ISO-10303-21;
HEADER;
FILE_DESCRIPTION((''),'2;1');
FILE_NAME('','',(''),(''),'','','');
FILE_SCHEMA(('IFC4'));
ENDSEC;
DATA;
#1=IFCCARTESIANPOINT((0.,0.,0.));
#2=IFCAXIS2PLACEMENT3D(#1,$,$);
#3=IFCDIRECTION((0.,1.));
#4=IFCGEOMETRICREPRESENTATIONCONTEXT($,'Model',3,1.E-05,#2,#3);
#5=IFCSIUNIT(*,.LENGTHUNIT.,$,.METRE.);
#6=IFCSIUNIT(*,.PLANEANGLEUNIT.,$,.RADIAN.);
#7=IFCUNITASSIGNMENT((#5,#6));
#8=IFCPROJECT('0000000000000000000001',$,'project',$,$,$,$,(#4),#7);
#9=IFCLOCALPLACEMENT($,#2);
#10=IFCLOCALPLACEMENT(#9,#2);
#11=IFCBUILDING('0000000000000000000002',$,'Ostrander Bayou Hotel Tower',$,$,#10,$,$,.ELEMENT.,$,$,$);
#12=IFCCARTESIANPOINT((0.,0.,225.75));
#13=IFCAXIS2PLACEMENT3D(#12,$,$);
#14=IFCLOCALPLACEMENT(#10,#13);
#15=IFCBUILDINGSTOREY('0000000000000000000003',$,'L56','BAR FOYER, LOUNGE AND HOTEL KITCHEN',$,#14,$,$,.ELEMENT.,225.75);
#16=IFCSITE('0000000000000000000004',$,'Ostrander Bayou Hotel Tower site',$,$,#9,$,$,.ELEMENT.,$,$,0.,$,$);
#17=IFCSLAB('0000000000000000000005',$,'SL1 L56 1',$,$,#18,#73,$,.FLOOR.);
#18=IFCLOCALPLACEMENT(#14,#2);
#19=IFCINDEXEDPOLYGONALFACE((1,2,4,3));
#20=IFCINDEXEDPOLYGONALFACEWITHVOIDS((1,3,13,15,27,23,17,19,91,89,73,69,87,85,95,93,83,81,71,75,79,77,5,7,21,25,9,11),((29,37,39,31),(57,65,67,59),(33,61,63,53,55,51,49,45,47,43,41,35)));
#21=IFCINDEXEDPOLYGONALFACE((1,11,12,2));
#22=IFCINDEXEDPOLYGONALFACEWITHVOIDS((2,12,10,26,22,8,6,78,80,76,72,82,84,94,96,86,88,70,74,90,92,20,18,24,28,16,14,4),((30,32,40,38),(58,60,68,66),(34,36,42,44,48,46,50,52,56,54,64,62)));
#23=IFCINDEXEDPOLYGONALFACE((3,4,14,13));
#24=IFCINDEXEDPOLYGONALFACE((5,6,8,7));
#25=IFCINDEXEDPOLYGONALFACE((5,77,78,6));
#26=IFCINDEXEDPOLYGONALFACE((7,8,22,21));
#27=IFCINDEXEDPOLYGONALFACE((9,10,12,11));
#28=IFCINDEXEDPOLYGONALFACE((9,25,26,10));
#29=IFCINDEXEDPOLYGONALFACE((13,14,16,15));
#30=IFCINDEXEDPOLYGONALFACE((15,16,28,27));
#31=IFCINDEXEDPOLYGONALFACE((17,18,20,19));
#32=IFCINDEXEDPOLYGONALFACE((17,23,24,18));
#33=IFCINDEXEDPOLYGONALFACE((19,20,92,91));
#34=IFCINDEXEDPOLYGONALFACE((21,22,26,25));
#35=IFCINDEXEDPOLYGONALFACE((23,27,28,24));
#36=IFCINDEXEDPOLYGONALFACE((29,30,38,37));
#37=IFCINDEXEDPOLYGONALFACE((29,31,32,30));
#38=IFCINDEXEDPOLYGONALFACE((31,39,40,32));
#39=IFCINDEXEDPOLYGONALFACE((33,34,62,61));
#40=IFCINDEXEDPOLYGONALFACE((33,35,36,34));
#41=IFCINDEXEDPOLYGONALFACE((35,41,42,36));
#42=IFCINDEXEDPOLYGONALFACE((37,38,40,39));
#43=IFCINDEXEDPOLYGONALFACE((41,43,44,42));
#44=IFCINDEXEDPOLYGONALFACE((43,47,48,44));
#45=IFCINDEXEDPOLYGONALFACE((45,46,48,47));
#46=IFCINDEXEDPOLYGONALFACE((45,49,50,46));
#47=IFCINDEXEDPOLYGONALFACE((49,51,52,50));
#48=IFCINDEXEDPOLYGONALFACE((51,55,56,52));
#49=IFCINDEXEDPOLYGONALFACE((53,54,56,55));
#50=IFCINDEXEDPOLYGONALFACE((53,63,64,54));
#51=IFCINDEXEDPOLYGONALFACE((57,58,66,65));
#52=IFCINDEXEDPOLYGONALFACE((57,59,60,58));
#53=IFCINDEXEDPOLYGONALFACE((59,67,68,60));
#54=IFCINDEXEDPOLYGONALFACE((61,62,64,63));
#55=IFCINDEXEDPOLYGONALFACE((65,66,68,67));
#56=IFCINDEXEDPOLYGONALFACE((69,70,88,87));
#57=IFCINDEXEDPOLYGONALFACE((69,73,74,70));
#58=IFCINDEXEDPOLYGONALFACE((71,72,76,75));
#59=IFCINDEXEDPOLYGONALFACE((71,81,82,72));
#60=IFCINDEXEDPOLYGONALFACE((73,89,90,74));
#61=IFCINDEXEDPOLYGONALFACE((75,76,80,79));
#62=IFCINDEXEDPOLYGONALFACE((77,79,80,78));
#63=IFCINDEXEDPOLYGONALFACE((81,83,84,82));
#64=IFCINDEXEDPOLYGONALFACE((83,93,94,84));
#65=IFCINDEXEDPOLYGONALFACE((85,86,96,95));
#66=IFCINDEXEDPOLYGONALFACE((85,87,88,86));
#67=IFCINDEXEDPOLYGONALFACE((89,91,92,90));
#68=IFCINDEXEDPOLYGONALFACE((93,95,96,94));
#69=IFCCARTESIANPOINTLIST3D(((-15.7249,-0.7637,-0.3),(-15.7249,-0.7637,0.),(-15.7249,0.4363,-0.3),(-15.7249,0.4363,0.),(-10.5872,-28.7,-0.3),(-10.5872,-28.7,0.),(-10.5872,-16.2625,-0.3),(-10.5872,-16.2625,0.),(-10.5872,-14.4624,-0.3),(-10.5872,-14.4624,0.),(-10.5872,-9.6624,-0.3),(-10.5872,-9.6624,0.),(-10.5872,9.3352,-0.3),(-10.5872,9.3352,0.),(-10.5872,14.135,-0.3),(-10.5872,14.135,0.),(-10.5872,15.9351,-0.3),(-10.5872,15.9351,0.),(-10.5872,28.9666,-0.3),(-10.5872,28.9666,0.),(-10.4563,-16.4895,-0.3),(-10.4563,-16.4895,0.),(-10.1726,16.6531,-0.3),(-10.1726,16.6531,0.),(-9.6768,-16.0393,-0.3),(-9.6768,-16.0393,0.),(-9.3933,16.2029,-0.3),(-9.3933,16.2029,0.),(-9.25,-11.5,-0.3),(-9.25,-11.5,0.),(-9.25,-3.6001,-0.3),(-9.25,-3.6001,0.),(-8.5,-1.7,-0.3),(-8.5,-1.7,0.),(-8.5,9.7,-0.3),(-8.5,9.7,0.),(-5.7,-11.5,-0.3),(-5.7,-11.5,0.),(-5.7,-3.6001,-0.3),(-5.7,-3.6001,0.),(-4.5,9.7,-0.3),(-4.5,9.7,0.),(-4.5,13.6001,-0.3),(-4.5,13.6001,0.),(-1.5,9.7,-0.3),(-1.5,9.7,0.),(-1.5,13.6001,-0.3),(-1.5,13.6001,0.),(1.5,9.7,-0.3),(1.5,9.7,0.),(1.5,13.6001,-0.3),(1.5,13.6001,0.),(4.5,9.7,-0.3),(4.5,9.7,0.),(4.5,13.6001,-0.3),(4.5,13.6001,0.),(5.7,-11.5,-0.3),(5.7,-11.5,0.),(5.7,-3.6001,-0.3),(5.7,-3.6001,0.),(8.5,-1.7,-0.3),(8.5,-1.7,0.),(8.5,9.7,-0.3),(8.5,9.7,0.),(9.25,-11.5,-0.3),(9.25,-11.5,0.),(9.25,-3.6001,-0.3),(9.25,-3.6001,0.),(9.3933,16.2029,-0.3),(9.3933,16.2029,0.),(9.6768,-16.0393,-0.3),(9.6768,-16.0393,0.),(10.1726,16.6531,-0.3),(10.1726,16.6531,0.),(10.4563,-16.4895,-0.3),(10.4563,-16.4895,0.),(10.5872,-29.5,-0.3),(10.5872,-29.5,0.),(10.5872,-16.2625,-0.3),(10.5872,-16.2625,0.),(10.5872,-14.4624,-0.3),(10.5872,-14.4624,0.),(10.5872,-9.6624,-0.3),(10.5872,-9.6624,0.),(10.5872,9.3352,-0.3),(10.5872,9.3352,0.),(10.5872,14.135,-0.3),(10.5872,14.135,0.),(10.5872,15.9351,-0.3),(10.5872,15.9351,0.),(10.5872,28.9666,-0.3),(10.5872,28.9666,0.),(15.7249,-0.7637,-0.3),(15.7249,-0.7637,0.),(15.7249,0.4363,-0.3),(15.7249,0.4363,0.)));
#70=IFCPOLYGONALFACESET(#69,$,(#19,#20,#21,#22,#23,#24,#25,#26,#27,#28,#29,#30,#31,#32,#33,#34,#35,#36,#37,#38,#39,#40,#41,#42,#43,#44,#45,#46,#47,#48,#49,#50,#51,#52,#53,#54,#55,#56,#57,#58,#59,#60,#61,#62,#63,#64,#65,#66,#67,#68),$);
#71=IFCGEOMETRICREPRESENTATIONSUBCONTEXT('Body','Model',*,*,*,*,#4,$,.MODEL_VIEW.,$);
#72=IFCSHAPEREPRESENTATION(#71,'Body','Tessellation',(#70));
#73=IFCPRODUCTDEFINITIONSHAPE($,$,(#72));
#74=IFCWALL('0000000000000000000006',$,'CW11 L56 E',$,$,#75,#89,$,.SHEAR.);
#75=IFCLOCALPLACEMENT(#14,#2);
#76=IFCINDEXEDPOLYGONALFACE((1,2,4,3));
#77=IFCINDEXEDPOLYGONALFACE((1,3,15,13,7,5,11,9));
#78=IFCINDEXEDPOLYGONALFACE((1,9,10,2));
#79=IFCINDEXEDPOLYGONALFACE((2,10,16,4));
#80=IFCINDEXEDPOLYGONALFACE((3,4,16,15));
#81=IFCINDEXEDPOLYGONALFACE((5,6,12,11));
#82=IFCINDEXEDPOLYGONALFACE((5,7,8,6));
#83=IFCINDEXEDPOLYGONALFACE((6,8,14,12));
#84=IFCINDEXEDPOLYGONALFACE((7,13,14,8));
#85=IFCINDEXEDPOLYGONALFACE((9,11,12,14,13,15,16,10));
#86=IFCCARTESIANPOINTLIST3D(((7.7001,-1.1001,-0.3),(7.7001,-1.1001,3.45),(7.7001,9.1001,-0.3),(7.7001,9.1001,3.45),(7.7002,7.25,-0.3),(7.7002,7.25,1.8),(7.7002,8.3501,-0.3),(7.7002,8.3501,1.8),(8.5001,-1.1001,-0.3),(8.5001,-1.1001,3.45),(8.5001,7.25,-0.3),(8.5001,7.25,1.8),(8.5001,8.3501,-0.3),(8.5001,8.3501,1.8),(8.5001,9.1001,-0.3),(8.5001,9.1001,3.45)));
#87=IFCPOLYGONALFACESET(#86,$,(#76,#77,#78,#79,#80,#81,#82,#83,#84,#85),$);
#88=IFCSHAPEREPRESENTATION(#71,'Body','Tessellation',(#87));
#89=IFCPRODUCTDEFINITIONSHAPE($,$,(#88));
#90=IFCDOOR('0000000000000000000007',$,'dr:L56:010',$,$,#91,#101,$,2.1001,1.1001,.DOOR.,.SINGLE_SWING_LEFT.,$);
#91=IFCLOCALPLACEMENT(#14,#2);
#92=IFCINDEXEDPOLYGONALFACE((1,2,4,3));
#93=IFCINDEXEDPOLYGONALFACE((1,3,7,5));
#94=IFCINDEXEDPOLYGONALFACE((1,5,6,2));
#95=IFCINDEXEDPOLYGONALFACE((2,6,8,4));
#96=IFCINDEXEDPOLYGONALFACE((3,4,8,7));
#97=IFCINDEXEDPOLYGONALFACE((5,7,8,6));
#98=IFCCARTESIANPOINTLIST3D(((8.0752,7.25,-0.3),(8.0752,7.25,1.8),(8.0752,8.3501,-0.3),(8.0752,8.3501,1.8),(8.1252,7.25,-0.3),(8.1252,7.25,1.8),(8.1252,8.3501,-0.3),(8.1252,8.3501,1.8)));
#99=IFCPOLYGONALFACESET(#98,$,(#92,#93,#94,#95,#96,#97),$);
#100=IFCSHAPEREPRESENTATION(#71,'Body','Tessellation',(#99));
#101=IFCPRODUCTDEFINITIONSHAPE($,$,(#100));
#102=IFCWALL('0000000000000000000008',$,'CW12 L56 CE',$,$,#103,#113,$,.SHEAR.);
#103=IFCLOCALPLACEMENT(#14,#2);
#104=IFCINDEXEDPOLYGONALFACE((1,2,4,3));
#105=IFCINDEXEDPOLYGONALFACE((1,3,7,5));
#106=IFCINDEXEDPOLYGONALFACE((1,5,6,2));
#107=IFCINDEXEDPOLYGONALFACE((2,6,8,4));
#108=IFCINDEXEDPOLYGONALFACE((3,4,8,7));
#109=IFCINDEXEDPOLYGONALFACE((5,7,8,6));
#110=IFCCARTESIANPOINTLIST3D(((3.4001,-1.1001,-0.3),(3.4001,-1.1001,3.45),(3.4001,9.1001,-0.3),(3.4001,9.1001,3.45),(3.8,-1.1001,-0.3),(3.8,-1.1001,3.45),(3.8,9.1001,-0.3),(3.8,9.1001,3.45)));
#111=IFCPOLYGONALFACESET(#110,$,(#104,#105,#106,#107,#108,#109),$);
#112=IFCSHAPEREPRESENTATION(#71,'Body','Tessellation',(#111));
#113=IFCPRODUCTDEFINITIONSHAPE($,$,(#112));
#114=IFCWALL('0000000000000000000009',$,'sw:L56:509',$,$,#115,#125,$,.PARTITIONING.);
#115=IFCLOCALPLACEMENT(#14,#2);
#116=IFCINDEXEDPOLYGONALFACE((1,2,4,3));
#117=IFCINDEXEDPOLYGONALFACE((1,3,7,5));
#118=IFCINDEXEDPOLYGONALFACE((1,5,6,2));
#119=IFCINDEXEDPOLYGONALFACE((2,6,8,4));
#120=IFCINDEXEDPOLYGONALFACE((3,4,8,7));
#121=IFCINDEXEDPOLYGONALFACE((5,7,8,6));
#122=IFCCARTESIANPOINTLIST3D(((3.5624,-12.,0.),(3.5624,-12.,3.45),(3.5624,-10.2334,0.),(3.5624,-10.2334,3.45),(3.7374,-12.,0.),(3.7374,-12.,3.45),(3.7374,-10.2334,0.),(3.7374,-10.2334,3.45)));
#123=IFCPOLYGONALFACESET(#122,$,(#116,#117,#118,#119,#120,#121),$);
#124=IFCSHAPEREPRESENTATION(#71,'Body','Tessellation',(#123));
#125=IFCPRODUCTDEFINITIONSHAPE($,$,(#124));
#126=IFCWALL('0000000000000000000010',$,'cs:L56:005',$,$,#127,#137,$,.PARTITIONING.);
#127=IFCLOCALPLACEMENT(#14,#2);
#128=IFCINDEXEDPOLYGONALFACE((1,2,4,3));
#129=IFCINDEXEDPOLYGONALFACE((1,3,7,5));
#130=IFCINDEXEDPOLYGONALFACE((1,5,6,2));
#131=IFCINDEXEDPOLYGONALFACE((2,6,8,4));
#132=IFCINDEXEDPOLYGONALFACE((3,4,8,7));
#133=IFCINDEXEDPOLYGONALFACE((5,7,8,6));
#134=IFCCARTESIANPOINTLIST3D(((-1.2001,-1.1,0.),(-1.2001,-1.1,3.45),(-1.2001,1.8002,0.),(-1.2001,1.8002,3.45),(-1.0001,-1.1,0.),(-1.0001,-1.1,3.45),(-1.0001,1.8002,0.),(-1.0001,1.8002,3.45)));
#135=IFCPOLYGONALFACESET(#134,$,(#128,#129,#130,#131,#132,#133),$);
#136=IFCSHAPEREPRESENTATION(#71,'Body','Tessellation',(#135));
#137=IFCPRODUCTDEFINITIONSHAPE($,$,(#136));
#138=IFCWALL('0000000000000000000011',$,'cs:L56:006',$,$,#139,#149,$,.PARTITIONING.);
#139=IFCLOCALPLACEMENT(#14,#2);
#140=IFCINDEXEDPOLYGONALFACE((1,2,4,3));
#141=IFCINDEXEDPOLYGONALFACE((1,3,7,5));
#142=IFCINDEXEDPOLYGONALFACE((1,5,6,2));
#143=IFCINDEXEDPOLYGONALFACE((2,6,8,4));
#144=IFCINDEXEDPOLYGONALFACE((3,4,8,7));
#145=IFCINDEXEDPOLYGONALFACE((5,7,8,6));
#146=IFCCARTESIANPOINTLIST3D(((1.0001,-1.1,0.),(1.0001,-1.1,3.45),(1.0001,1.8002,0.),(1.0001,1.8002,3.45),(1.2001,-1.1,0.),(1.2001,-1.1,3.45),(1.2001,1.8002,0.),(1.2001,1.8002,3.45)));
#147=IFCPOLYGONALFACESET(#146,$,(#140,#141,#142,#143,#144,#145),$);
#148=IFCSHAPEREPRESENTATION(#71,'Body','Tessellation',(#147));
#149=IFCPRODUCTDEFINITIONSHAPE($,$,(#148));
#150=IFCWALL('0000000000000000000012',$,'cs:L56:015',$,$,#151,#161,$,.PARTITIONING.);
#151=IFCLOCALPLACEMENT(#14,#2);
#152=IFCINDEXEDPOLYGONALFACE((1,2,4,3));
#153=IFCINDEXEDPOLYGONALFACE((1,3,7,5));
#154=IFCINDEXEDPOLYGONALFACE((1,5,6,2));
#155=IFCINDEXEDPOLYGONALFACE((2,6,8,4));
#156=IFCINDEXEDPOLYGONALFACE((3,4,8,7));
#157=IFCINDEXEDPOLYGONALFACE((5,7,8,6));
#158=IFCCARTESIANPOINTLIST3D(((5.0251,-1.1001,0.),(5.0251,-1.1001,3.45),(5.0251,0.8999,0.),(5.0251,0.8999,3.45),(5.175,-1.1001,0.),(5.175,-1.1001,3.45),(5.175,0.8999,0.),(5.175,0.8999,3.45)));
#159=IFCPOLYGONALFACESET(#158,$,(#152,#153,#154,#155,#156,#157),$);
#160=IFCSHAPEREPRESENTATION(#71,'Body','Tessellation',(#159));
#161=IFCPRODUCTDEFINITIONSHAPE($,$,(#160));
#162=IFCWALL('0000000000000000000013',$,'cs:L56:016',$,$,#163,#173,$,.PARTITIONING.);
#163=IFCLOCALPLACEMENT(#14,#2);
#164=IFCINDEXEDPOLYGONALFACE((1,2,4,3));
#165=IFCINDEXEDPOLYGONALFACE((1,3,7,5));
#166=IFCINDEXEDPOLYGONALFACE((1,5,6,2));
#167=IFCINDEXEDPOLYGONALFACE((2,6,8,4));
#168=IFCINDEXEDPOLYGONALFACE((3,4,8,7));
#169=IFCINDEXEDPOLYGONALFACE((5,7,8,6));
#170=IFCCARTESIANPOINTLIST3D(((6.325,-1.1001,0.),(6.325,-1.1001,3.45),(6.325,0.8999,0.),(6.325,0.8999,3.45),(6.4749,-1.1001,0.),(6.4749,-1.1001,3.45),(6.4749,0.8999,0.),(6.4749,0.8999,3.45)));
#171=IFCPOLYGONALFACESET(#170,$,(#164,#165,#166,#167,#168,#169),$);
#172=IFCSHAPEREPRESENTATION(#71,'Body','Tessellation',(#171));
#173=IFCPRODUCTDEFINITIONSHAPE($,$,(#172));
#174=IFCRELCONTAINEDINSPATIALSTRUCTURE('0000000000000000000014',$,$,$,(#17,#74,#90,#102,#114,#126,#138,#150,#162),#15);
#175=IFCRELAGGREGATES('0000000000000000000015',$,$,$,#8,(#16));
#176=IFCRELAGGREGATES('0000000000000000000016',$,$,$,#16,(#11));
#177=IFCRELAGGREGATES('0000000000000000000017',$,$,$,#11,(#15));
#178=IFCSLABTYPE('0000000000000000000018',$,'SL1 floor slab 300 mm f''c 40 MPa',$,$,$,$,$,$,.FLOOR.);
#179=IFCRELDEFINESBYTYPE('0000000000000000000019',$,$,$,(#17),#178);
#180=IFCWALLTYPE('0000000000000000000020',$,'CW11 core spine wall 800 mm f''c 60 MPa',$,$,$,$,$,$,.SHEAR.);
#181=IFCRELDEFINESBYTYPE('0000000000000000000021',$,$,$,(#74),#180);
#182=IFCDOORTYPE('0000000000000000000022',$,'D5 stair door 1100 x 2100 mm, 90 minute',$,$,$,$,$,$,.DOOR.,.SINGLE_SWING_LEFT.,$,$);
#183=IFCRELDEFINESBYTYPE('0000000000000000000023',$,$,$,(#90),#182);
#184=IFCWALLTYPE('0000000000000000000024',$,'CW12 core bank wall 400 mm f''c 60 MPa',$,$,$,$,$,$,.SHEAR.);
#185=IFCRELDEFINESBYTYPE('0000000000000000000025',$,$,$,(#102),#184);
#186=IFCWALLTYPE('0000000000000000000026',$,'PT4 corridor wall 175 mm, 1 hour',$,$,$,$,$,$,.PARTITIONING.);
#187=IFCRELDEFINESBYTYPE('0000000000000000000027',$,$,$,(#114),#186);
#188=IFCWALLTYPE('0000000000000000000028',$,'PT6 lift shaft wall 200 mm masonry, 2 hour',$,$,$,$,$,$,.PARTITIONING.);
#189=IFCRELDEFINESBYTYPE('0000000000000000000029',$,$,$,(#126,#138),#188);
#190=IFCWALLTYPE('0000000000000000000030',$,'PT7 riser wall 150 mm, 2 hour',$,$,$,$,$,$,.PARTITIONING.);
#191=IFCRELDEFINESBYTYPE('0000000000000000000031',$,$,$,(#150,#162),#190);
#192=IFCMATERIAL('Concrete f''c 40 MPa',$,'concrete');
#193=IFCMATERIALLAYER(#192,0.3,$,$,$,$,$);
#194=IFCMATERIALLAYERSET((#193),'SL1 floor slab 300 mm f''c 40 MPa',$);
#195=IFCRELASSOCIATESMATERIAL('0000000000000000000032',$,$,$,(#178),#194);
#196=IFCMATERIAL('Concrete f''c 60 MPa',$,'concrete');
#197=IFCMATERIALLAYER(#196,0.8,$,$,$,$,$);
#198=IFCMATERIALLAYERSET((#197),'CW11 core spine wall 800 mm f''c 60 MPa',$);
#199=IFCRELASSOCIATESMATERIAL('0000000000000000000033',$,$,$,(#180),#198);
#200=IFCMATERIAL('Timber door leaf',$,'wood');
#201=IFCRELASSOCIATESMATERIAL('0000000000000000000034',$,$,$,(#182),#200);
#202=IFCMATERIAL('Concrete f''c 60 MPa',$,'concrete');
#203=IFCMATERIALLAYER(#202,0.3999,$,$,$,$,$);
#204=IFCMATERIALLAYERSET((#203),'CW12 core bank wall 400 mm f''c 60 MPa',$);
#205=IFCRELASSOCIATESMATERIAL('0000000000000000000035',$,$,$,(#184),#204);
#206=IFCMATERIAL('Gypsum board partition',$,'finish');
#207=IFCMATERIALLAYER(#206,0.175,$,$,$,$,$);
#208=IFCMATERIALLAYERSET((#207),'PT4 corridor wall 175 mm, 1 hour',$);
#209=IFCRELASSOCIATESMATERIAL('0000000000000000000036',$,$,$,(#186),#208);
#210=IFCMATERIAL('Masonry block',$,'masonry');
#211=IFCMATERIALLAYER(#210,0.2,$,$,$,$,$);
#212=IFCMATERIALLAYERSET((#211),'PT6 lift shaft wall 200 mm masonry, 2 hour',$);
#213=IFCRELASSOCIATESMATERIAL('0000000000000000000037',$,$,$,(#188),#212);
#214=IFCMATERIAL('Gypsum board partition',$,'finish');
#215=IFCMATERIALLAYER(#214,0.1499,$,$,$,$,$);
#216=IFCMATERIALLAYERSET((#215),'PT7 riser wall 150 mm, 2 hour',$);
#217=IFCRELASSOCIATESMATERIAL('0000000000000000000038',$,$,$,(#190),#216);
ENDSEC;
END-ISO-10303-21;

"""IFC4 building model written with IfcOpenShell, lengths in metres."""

from ifc_helpers import new_model, si_unit, direction, frame, frame_2d, origin, place, context, subcontext, project, spatial, polyline, rectangle, outline, extrude, material, layer, layer_set, type_object, element, fill, save


model = new_model("IFC4")

# Units and contexts
model_context = context("Model", 3, precision=1e-05, world=origin(), true_north=direction((0.0, 1.0)))
body_context = subcontext(model_context, "Body", "Model", "MODEL_VIEW")
ifc_project = project(units=[si_unit("LENGTHUNIT", "METRE"), si_unit("PLANEANGLEUNIT", "RADIAN")], contexts=[model_context])

# Site, building, storey
site_placement = place(None, origin())
site = spatial("IfcSite", under=ifc_project, at=site_placement, Name="Ostrander Bayou Hotel Tower site", CompositionType="ELEMENT", RefElevation=0.0)
building_placement = place(site_placement, origin())
building = spatial("IfcBuilding", under=site, at=building_placement, Name="Ostrander Bayou Hotel Tower", CompositionType="ELEMENT")
storey_placement = place(building_placement, frame((0.0, 0.0, 225.75)))
storey = spatial("IfcBuildingStorey", under=building, at=storey_placement, Name="L56", Description="BAR FOYER, LOUNGE AND HOTEL KITCHEN", CompositionType="ELEMENT", Elevation=225.75)

# Slab
ifc_material_1 = material(Name="Concrete f'c 40 MPa", Category="concrete")
ifc_layer_1 = layer(ifc_material_1, 0.3)
ifc_layer_set_1 = layer_set([ifc_layer_1], Name="SL1 floor slab 300 mm f'c 40 MPa")
slab_type = type_object("IfcSlabType", Name="SL1 floor slab 300 mm f'c 40 MPa", PredefinedType="FLOOR", material=ifc_layer_set_1)
slab_placement = place(storey_placement, frame((0.0, 0.0, -0.3)))
element("IfcSlab", 1, at=slab_placement, inside=storey, type_object=slab_type, Name="SL1 L56 1", PredefinedType="FLOOR", context=body_context, shape_type="SweptSolid", body=[
    extrude(outline(polyline([(-10.4563, -16.4895), (-9.6768, -16.0393), (-10.5872, -14.4624), (-10.5872, -9.6624), (-15.7249, -0.7637), (-15.7249, 0.4363), (-10.5872, 9.3352), (-10.5872, 14.135), (-9.3933, 16.2029), (-10.1726, 16.6531), (-10.5872, 15.9351), (-10.5872, 28.9666), (10.5872, 28.9666), (10.5872, 15.9351), (10.1726, 16.6531), (9.3933, 16.2029), (10.5872, 14.135), (10.5872, 9.3352), (15.7249, 0.4363), (15.7249, -0.7637), (10.5872, -9.6624), (10.5872, -14.4624), (9.6768, -16.0393), (10.4563, -16.4895), (10.5872, -16.2625), (10.5872, -29.5), (-10.5872, -28.7), (-10.5872, -16.2625), (-10.4563, -16.4895)]), holes=[polyline([(9.25, -3.6001), (5.7, -3.6001), (5.7, -11.5), (9.25, -11.5), (9.25, -3.6001)]), polyline([(-8.5, -1.7), (8.5, -1.7), (8.5, 9.7), (4.5, 9.7), (4.5, 13.6001), (1.5, 13.6001), (1.5, 9.7), (-1.5, 9.7), (-1.5, 13.6001), (-4.5, 13.6001), (-4.5, 9.7), (-8.5, 9.7), (-8.5, -1.7)]), polyline([(-5.7, -3.6001), (-9.25, -3.6001), (-9.25, -11.5), (-5.7, -11.5), (-5.7, -3.6001)])]), origin(), (0.0, 0.0, 1.0), 0.3),
])

# Wall, opening, door
ifc_material_2 = material(Name="Concrete f'c 60 MPa", Category="concrete")
ifc_layer_2 = layer(ifc_material_2, 0.8)
ifc_layer_set_2 = layer_set([ifc_layer_2], Name="CW11 core spine wall 800 mm f'c 60 MPa")
wall_type_1 = type_object("IfcWallType", Name="CW11 core spine wall 800 mm f'c 60 MPa", PredefinedType="SHEAR", material=ifc_layer_set_2)
wall_1_placement = place(storey_placement, frame((8.1001, -1.1001, -0.3), z_axis=(0.0, 0.0, 1.0), x_axis=(0.0, 1.0, 0.0)))
wall_1 = element("IfcWall", 2, at=wall_1_placement, inside=storey, type_object=wall_type_1, Name="CW11 L56 E", PredefinedType="SHEAR", context=body_context, shape_type="SweptSolid", body=[
    extrude(rectangle(XDim=10.2002, YDim=0.8, at=frame_2d((5.1001, 0.0))), origin(), (0.0, 0.0, 1.0), 3.75),
])
opening_1_placement = place(wall_1_placement, frame((8.3501, 0.0, 0.0)))
opening_1 = element("IfcOpeningElement", 3, at=opening_1_placement, cuts=wall_1, PredefinedType="OPENING", context=body_context, shape_type="SweptSolid", body=[
    extrude(rectangle(XDim=1.1001, YDim=2.1001, at=frame_2d((0.55, 1.05))), frame((0.0, 0.3999, 0.0), z_axis=(0.0, -1.0, 0.0), x_axis=(1.0, 0.0, 0.0)), (0.0, 0.0, 1.0), 0.8),
])
ifc_material_3 = material(Name="Timber door leaf", Category="wood")
door_type = type_object("IfcDoorType", Name="D5 stair door 1100 x 2100 mm, 90 minute", OperationType="SINGLE_SWING_LEFT", PredefinedType="DOOR", material=ifc_material_3)
door_1_placement = place(opening_1_placement, origin())
door_1 = element("IfcDoor", 4, at=door_1_placement, inside=storey, type_object=door_type, Name="dr:L56:010", OperationType="SINGLE_SWING_LEFT", OverallHeight=2.1001, OverallWidth=1.1001, PredefinedType="DOOR", context=body_context, shape_type="SweptSolid", body=[
    extrude(rectangle(XDim=1.1001, YDim=2.1001, at=frame_2d((0.55, 1.05))), frame((0.0, 0.0249, 0.0), z_axis=(0.0, -1.0, 0.0), x_axis=(1.0, 0.0, 0.0)), (0.0, 0.0, 1.0), 0.05),
])
fill(opening_1, door_1)

# Walls
ifc_material_4 = material(Name="Concrete f'c 60 MPa", Category="concrete")
ifc_layer_3 = layer(ifc_material_4, 0.3999)
ifc_layer_set_3 = layer_set([ifc_layer_3], Name="CW12 core bank wall 400 mm f'c 60 MPa")
wall_type_2 = type_object("IfcWallType", Name="CW12 core bank wall 400 mm f'c 60 MPa", PredefinedType="SHEAR", material=ifc_layer_set_3)
wall_2_placement = place(storey_placement, frame((3.6001, -1.1001, -0.3), z_axis=(0.0, 0.0, 1.0), x_axis=(0.0, 1.0, 0.0)))
element("IfcWall", 5, at=wall_2_placement, inside=storey, type_object=wall_type_2, Name="CW12 L56 CE", PredefinedType="SHEAR", context=body_context, shape_type="SweptSolid", body=[
    extrude(rectangle(XDim=10.2002, YDim=0.3999, at=frame_2d((5.1001, 0.0))), origin(), (0.0, 0.0, 1.0), 3.75),
])
ifc_material_5 = material(Name="Gypsum board partition", Category="finish")
ifc_layer_4 = layer(ifc_material_5, 0.175)
ifc_layer_set_4 = layer_set([ifc_layer_4], Name="PT4 corridor wall 175 mm, 1 hour")
wall_type_3 = type_object("IfcWallType", Name="PT4 corridor wall 175 mm, 1 hour", PredefinedType="PARTITIONING", material=ifc_layer_set_4)
wall_3_placement = place(storey_placement, frame((3.6499, -12.0, 0.0), z_axis=(0.0, 0.0, 1.0), x_axis=(0.0, 1.0, 0.0)))
element("IfcWall", 6, at=wall_3_placement, inside=storey, type_object=wall_type_3, Name="sw:L56:509", PredefinedType="PARTITIONING", context=body_context, shape_type="SweptSolid", body=[
    extrude(rectangle(XDim=1.7666, YDim=0.175, at=frame_2d((0.8833, 0.0))), origin(), (0.0, 0.0, 1.0), 3.45),
])
ifc_material_6 = material(Name="Masonry block", Category="masonry")
ifc_layer_5 = layer(ifc_material_6, 0.2)
ifc_layer_set_5 = layer_set([ifc_layer_5], Name="PT6 lift shaft wall 200 mm masonry, 2 hour")
wall_type_4 = type_object("IfcWallType", Name="PT6 lift shaft wall 200 mm masonry, 2 hour", PredefinedType="PARTITIONING", material=ifc_layer_set_5)
for number, where, z_axis, x_axis, name in (
    (7, (-1.1001, -1.1001, 0.0), (0.0, 0.0, 1.0), (0.0, 1.0, 0.0), "cs:L56:005"),
    (8, (1.1001, -1.1001, 0.0), (0.0, 0.0, 1.0), (0.0, 1.0, 0.0), "cs:L56:006"),
):
    element("IfcWall", number, at=place(storey_placement, frame(where, z_axis=z_axis, x_axis=x_axis)), inside=storey, type_object=wall_type_4, Name=name, PredefinedType="PARTITIONING", context=body_context, shape_type="SweptSolid", body=[
        extrude(rectangle(XDim=2.9001, YDim=0.2, at=frame_2d((1.4502, 0.0))), origin(), (0.0, 0.0, 1.0), 3.45),
    ])
ifc_material_7 = material(Name="Gypsum board partition", Category="finish")
ifc_layer_6 = layer(ifc_material_7, 0.1499)
ifc_layer_set_6 = layer_set([ifc_layer_6], Name="PT7 riser wall 150 mm, 2 hour")
wall_type_5 = type_object("IfcWallType", Name="PT7 riser wall 150 mm, 2 hour", PredefinedType="PARTITIONING", material=ifc_layer_set_6)
for number, where, z_axis, x_axis, name in (
    (9, (5.1001, -1.1001, 0.0), (0.0, 0.0, 1.0), (0.0, 1.0, 0.0), "cs:L56:015"),
    (10, (6.3999, -1.1001, 0.0), (0.0, 0.0, 1.0), (0.0, 1.0, 0.0), "cs:L56:016"),
):
    element("IfcWall", number, at=place(storey_placement, frame(where, z_axis=z_axis, x_axis=x_axis)), inside=storey, type_object=wall_type_5, Name=name, PredefinedType="PARTITIONING", context=body_context, shape_type="SweptSolid", body=[
        extrude(rectangle(XDim=2.0, YDim=0.1499, at=frame_2d((1.0, 0.0))), origin(), (0.0, 0.0, 1.0), 3.45),
    ])

save(model, "model.ifc")
